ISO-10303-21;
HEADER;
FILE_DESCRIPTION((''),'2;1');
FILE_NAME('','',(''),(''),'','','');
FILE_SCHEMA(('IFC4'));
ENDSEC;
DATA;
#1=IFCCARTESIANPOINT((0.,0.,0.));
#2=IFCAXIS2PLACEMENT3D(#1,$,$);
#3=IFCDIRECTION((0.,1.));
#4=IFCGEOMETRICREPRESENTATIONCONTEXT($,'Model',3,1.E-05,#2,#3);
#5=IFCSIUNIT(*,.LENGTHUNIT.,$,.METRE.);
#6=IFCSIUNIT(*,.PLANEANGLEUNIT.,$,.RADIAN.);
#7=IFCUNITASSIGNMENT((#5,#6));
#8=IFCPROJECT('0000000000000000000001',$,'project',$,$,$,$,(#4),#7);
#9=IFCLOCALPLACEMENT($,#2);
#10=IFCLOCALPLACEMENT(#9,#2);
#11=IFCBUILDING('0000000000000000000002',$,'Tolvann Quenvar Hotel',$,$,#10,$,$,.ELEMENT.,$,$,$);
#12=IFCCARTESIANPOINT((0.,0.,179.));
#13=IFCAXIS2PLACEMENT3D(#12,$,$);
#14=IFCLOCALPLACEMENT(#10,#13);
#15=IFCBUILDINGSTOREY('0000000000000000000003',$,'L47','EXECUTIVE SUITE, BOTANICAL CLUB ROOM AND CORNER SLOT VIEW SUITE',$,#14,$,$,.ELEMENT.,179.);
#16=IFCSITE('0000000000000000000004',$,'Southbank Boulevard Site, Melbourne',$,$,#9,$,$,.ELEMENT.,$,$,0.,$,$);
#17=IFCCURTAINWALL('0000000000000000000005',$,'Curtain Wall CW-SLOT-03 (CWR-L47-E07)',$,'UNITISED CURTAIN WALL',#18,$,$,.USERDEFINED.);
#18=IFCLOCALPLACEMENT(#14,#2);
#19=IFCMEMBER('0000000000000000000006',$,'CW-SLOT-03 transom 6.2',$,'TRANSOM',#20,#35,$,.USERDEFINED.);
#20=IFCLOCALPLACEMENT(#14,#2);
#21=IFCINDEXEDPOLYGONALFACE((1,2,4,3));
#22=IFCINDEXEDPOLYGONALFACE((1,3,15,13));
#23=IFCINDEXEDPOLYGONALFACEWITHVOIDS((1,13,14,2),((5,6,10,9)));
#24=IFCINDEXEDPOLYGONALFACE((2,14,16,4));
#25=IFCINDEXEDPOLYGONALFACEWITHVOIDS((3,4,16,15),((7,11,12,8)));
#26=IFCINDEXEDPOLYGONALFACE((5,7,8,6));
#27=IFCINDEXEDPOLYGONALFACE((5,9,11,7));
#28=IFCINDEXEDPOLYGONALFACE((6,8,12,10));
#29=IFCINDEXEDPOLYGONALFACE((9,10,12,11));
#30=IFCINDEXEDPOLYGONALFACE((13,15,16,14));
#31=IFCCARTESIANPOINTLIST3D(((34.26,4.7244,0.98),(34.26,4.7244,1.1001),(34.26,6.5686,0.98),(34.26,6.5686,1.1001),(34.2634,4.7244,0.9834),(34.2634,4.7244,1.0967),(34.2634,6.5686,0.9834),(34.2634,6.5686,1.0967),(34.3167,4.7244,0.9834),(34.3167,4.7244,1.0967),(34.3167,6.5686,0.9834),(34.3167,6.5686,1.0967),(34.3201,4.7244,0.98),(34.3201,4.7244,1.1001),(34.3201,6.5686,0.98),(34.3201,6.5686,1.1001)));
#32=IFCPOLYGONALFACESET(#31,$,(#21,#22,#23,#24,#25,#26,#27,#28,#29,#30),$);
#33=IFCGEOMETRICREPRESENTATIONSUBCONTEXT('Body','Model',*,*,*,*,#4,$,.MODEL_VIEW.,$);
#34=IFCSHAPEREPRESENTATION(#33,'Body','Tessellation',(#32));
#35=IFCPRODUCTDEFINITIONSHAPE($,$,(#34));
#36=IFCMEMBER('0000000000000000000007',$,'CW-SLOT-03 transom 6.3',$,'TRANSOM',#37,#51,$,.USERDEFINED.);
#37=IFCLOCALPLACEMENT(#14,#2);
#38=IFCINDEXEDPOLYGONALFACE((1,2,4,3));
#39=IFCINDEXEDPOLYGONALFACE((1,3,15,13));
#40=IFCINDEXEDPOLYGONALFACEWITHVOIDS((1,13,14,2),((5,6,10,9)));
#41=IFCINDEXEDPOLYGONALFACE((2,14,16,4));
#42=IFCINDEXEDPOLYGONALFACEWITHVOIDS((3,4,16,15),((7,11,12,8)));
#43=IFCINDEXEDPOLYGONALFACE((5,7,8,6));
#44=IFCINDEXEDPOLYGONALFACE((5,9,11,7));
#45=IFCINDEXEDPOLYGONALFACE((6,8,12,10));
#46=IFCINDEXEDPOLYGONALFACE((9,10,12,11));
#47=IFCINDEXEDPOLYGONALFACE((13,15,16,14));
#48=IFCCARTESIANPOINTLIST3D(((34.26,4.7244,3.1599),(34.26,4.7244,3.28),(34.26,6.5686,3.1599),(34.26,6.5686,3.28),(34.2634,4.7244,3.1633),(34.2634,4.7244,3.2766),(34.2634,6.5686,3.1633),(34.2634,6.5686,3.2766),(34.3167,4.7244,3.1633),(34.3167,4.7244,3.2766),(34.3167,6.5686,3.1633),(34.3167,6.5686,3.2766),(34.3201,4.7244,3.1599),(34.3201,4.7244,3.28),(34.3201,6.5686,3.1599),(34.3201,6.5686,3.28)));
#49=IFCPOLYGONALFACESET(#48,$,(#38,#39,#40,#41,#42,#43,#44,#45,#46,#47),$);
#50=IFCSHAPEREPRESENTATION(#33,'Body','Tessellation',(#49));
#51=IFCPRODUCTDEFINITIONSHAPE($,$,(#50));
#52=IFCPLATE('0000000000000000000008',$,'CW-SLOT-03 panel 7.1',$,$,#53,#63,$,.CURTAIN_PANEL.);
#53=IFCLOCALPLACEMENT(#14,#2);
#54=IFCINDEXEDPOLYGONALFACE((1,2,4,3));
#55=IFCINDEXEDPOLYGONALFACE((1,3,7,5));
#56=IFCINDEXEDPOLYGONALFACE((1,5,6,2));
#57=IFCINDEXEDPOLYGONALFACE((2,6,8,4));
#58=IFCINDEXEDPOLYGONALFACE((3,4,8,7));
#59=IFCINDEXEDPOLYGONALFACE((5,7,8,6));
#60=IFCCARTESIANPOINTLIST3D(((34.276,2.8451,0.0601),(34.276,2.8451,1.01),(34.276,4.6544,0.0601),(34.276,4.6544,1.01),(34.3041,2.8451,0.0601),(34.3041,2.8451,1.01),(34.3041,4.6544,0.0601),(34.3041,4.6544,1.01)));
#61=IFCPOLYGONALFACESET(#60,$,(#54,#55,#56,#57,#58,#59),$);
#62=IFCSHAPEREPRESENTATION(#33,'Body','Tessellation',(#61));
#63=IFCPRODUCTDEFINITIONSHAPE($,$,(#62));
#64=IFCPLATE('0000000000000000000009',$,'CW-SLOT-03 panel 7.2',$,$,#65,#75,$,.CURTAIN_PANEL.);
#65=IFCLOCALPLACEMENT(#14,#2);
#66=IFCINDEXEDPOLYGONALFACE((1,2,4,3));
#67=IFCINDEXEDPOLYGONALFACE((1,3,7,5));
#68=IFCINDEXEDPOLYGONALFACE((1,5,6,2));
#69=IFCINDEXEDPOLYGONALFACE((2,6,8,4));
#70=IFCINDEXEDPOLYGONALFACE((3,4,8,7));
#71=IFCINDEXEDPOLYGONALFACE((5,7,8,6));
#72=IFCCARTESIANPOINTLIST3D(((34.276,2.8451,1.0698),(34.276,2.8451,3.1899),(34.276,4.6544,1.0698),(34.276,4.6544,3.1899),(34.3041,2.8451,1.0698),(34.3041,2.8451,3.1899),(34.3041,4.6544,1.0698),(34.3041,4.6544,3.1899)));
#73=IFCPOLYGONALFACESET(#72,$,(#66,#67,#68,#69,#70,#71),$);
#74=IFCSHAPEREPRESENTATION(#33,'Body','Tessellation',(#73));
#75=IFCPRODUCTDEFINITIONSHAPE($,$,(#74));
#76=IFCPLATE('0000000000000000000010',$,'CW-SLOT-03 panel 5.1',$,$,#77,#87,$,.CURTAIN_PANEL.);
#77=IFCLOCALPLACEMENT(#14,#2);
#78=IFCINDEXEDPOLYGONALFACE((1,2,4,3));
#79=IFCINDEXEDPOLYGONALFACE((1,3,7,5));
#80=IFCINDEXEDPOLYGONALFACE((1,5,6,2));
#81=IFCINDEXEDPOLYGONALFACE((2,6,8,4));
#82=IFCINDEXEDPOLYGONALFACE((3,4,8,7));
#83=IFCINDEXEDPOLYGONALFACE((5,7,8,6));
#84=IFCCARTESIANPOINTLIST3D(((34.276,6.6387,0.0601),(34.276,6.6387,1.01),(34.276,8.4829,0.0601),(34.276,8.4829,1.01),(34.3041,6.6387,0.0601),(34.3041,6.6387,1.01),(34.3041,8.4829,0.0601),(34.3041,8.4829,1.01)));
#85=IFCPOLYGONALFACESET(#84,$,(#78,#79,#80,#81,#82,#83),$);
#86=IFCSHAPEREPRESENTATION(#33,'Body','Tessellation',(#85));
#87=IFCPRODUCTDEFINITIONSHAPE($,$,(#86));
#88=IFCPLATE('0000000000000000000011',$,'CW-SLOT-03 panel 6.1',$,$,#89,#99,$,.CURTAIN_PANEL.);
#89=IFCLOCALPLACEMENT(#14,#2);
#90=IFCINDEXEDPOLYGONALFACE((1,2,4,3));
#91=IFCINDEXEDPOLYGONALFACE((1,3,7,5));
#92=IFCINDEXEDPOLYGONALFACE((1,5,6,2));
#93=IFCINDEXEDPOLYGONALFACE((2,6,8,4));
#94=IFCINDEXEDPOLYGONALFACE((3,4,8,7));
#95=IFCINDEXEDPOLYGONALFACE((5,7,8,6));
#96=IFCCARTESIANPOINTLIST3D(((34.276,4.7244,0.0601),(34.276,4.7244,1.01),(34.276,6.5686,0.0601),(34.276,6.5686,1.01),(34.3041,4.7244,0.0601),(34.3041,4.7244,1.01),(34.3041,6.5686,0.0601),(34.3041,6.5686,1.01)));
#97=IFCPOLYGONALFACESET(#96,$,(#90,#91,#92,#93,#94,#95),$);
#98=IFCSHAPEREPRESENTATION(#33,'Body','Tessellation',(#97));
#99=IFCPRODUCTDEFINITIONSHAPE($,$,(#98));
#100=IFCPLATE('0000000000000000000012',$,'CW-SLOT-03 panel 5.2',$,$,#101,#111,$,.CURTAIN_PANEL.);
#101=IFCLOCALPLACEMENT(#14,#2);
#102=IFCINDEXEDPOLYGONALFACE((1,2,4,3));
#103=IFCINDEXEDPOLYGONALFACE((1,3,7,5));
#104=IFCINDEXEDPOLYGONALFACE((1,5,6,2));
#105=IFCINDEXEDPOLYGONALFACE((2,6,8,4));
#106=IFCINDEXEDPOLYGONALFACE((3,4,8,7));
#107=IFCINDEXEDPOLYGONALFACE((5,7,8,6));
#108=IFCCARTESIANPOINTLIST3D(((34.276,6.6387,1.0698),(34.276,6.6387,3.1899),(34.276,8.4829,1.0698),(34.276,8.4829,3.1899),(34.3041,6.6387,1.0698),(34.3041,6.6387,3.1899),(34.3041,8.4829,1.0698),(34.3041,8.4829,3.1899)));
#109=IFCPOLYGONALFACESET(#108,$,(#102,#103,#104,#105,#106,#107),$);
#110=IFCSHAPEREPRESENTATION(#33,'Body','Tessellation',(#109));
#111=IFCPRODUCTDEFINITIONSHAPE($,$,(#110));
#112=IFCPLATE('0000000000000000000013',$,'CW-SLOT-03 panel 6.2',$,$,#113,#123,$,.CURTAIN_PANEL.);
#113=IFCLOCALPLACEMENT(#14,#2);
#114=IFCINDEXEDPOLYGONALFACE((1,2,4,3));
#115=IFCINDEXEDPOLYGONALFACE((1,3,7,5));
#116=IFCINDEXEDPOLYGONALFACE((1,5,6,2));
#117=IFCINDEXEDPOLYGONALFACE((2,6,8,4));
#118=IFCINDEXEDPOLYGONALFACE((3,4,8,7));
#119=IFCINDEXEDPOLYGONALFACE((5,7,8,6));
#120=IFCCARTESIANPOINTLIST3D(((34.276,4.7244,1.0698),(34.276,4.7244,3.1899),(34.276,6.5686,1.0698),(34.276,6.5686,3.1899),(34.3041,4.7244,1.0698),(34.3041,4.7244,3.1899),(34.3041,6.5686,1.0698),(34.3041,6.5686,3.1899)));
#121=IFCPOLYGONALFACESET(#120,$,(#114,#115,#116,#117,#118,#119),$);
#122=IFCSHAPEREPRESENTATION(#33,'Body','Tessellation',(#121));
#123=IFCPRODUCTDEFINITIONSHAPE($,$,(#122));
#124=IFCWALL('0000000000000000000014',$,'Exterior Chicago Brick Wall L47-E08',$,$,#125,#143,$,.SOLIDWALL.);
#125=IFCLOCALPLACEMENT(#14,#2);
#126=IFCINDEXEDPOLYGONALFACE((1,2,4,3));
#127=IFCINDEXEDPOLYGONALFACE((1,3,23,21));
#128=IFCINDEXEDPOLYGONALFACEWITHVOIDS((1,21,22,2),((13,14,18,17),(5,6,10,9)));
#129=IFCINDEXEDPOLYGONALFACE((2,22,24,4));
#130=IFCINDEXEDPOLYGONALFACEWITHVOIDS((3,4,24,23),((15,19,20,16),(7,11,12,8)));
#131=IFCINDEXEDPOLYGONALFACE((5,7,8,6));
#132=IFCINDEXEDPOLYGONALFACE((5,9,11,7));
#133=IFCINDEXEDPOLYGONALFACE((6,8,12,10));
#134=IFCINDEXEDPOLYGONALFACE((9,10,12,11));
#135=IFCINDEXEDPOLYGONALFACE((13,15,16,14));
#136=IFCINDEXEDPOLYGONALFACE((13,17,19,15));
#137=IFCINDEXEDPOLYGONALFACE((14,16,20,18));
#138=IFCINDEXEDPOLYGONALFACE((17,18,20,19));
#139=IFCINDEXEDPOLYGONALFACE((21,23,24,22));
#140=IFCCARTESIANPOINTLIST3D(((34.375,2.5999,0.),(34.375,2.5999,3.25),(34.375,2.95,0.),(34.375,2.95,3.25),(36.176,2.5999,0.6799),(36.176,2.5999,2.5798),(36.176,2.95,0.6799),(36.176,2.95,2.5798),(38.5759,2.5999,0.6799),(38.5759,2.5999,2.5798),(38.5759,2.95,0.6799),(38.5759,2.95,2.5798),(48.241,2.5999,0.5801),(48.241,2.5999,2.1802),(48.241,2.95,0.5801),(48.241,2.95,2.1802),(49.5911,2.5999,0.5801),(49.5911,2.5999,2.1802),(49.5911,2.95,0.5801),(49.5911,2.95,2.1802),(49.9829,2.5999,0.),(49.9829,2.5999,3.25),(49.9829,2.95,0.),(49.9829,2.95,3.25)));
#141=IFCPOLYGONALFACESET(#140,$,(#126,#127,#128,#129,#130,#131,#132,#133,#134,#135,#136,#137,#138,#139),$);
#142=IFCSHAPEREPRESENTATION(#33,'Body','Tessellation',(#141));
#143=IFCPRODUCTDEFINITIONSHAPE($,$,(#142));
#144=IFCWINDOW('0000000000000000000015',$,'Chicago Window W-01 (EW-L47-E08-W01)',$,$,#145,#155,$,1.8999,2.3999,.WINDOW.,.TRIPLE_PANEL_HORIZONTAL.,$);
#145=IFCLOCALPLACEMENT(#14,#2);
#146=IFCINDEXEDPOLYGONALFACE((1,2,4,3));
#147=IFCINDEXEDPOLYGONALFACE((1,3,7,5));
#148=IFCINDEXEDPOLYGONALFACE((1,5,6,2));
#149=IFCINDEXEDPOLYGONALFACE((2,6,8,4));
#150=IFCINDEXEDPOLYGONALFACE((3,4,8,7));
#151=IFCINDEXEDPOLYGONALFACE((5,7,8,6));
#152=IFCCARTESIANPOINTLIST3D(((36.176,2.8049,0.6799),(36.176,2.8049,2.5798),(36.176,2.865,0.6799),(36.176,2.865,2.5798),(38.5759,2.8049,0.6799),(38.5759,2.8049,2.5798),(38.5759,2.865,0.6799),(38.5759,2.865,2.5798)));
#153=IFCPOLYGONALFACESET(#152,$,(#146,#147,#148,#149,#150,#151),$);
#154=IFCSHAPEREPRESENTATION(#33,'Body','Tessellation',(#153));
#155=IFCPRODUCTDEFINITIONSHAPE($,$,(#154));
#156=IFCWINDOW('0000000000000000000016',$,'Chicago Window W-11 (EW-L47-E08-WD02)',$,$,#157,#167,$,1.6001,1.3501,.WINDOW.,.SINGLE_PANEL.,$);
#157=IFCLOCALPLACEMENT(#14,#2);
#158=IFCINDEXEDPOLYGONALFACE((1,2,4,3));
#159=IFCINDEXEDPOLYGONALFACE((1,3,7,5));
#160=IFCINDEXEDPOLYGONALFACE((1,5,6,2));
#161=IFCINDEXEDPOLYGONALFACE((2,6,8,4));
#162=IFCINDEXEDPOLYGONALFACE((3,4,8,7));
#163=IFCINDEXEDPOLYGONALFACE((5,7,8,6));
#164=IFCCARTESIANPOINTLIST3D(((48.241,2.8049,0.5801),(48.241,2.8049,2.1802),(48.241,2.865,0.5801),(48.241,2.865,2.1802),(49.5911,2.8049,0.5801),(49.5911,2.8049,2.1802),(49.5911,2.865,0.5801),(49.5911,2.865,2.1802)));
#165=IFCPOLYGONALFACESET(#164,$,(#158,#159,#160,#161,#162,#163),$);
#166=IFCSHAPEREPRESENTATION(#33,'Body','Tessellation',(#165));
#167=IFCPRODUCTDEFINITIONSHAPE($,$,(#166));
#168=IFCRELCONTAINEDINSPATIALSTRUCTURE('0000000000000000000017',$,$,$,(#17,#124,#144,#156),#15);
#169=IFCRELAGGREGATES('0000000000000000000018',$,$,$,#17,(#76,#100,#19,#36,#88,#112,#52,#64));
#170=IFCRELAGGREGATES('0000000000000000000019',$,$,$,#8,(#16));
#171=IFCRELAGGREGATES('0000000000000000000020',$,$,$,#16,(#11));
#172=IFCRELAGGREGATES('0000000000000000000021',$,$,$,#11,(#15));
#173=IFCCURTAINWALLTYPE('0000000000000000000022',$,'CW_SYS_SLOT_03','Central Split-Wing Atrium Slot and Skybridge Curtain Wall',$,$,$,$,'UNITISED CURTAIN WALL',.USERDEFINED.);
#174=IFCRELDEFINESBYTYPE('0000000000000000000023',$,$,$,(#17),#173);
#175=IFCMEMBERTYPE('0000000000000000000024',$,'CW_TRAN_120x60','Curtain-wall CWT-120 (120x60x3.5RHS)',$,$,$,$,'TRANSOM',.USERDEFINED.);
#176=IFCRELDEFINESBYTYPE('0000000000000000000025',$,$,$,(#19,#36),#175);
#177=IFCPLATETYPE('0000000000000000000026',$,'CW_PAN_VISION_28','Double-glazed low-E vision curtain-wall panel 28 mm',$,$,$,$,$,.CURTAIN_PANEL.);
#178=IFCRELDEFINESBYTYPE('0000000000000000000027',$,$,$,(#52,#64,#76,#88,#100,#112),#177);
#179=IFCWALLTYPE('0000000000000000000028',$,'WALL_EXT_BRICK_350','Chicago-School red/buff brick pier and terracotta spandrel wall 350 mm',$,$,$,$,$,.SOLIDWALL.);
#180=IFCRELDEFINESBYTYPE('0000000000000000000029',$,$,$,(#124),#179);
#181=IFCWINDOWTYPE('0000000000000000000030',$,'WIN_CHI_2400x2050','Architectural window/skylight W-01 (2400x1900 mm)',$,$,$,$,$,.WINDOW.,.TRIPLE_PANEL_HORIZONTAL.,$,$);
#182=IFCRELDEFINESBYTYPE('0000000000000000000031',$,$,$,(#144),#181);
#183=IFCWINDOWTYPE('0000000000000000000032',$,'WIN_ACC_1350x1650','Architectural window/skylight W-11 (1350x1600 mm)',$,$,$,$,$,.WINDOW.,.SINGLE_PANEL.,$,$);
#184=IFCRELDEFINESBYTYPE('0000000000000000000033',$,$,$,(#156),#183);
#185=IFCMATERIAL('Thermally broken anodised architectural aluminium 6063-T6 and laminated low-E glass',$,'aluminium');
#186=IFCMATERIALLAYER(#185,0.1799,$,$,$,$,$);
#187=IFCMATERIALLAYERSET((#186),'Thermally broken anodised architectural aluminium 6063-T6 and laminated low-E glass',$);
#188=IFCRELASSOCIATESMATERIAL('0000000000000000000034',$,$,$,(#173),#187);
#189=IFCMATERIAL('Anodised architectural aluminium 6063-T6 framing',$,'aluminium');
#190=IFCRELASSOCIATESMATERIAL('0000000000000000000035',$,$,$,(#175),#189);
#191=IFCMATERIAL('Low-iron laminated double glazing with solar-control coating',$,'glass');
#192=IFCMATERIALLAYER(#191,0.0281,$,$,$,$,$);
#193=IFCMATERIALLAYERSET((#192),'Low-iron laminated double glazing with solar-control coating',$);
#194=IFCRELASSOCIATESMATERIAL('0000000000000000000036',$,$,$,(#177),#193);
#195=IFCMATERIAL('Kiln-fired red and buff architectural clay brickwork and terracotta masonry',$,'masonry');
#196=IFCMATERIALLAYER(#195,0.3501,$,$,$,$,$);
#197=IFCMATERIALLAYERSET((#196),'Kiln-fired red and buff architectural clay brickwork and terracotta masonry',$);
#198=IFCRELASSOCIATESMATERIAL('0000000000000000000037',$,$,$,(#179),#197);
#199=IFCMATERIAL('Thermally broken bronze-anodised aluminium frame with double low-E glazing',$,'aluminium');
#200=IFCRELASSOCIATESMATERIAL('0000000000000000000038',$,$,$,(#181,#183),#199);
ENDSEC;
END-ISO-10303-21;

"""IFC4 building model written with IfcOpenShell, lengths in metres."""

from ifc_helpers import new_model, si_unit, direction, frame, frame_2d, origin, origin_2d, place, context, subcontext, project, spatial, rectangle, hollow_rectangle, extrude, source, transform, mapped, material, layer, layer_set, material_profile, profile_set, type_object, type_shapes, element, fill, aggregate, save


model = new_model("IFC4")

# Units and contexts
model_context = context("Model", 3, precision=1e-05, world=origin(), true_north=direction((0.0, 1.0)))
body_context = subcontext(model_context, "Body", "Model", "MODEL_VIEW")
ifc_project = project(units=[si_unit("LENGTHUNIT", "METRE"), si_unit("PLANEANGLEUNIT", "RADIAN")], contexts=[model_context])

# Site, building, storey
site_placement = place(None, origin())
site = spatial("IfcSite", under=ifc_project, at=site_placement, Name="Southbank Boulevard Site, Melbourne", CompositionType="ELEMENT", RefElevation=0.0)
building_placement = place(site_placement, origin())
building = spatial("IfcBuilding", under=site, at=building_placement, Name="Tolvann Quenvar Hotel", CompositionType="ELEMENT")
storey_placement = place(building_placement, frame((0.0, 0.0, 179.0)))
storey = spatial("IfcBuildingStorey", under=building, at=storey_placement, Name="L47", Description="EXECUTIVE SUITE, BOTANICAL CLUB ROOM AND CORNER SLOT VIEW SUITE", CompositionType="ELEMENT", Elevation=179.0)

# Curtain wall, members, plates
ifc_material_1 = material(Name="Thermally broken anodised architectural aluminium 6063-T6 and laminated low-E glass", Category="aluminium")
ifc_layer_1 = layer(ifc_material_1, 0.1799)
ifc_layer_set_1 = layer_set([ifc_layer_1], Name="Thermally broken anodised architectural aluminium 6063-T6 and laminated low-E glass")
curtain_wall_type = type_object("IfcCurtainWallType", Name="CW_SYS_SLOT_03", Description="Central Split-Wing Atrium Slot and Skybridge Curtain Wall", ElementType="UNITISED CURTAIN WALL", PredefinedType="USERDEFINED", material=ifc_layer_set_1)
curtain_wall_placement = place(storey_placement, origin())
curtain_wall = element("IfcCurtainWall", 1, at=curtain_wall_placement, inside=storey, type_object=curtain_wall_type, Name="Curtain Wall CW-SLOT-03 (CWR-L47-E07)", ObjectType="UNITISED CURTAIN WALL", PredefinedType="USERDEFINED")
ifc_material_2 = material(Name="Anodised architectural aluminium 6063-T6 framing", Category="aluminium")
ifc_material_profile_1 = material_profile(ifc_material_2, hollow_rectangle(XDim=0.0601, YDim=0.1201, WallThickness=0.0034, at=origin_2d()), Name="120x60x3.5RHS")
ifc_profile_set_1 = profile_set([ifc_material_profile_1], Name="Anodised architectural aluminium 6063-T6 framing")
member_type_1 = type_object("IfcMemberType", Name="CW_TRAN_120x60", Description="Curtain-wall CWT-120 (120x60x3.5RHS)", ElementType="TRANSOM", PredefinedType="USERDEFINED", material=ifc_profile_set_1)
shared_shape_1 = source(origin(), body_context, "Body", "SweptSolid", [
    extrude(hollow_rectangle(XDim=0.0601, YDim=0.1201, WallThickness=0.0034, at=origin_2d()), origin(), (0.0, 0.0, 1.0), 1.8442),
])
member_1_placement = place(storey_placement, frame((34.29, 6.5686, 1.04), z_axis=(0.0, -1.0, 0.0), x_axis=(1.0, 0.0, 0.0)))
member_1 = element("IfcMember", 2, at=member_1_placement, type_object=member_type_1, Name="CW-SLOT-03 transom 6.2", ObjectType="TRANSOM", PredefinedType="USERDEFINED", context=body_context, shape_type="MappedRepresentation", body=[
    mapped(shared_shape_1, transform((0.0, 0.0, 0.0), x_axis=(1.0, 0.0, 0.0), y_axis=(0.0, 1.0, 0.0), z_axis=(0.0, 0.0, 1.0), scale=1.0)),
])
member_2_placement = place(storey_placement, frame((34.29, 6.5686, 3.22), z_axis=(0.0, -1.0, 0.0), x_axis=(1.0, 0.0, 0.0)))
member_2 = element("IfcMember", 3, at=member_2_placement, type_object=member_type_1, Name="CW-SLOT-03 transom 6.3", ObjectType="TRANSOM", PredefinedType="USERDEFINED", context=body_context, shape_type="MappedRepresentation", body=[
    mapped(shared_shape_1, transform((0.0, 0.0, 0.0), x_axis=(1.0, 0.0, 0.0), y_axis=(0.0, 1.0, 0.0), z_axis=(0.0, 0.0, 1.0), scale=1.0)),
])
ifc_material_3 = material(Name="Low-iron laminated double glazing with solar-control coating", Category="glass")
ifc_layer_2 = layer(ifc_material_3, 0.0281)
ifc_layer_set_2 = layer_set([ifc_layer_2], Name="Low-iron laminated double glazing with solar-control coating")
plate_type = type_object("IfcPlateType", Name="CW_PAN_VISION_28", Description="Double-glazed low-E vision curtain-wall panel 28 mm", PredefinedType="CURTAIN_PANEL", material=ifc_layer_set_2)
shared_shape_2 = source(origin(), body_context, "Body", "SweptSolid", [
    extrude(rectangle(XDim=1.8093, YDim=0.0281, at=origin_2d()), origin(), (0.0, 0.0, 1.0), 0.95),
])
plate_1_placement = place(storey_placement, frame((34.29, 3.7498, 0.0601), z_axis=(0.0, 0.0, 1.0), x_axis=(0.0, -1.0, 0.0)))
plate_1 = element("IfcPlate", 4, at=plate_1_placement, type_object=plate_type, Name="CW-SLOT-03 panel 7.1", PredefinedType="CURTAIN_PANEL", context=body_context, shape_type="MappedRepresentation", body=[
    mapped(shared_shape_2, transform((0.0, 0.0, 0.0), x_axis=(1.0, 0.0, 0.0), y_axis=(0.0, 1.0, 0.0), z_axis=(0.0, 0.0, 1.0), scale=1.0)),
])
shared_shape_3 = source(origin(), body_context, "Body", "SweptSolid", [
    extrude(rectangle(XDim=1.8093, YDim=0.0281, at=origin_2d()), origin(), (0.0, 0.0, 1.0), 2.1201),
])
plate_2_placement = place(storey_placement, frame((34.29, 3.7498, 1.0698), z_axis=(0.0, 0.0, 1.0), x_axis=(0.0, -1.0, 0.0)))
plate_2 = element("IfcPlate", 5, at=plate_2_placement, type_object=plate_type, Name="CW-SLOT-03 panel 7.2", PredefinedType="CURTAIN_PANEL", context=body_context, shape_type="MappedRepresentation", body=[
    mapped(shared_shape_3, transform((0.0, 0.0, 0.0), x_axis=(1.0, 0.0, 0.0), y_axis=(0.0, 1.0, 0.0), z_axis=(0.0, 0.0, 1.0), scale=1.0)),
])
shared_shape_4 = source(origin(), body_context, "Body", "SweptSolid", [
    extrude(rectangle(XDim=1.8442, YDim=0.0281, at=origin_2d()), origin(), (0.0, 0.0, 1.0), 0.95),
])
plate_3_placement = place(storey_placement, frame((34.29, 7.5608, 0.0601), z_axis=(0.0, 0.0, 1.0), x_axis=(0.0, -1.0, 0.0)))
plate_3 = element("IfcPlate", 6, at=plate_3_placement, type_object=plate_type, Name="CW-SLOT-03 panel 5.1", PredefinedType="CURTAIN_PANEL", context=body_context, shape_type="MappedRepresentation", body=[
    mapped(shared_shape_4, transform((0.0, 0.0, 0.0), x_axis=(1.0, 0.0, 0.0), y_axis=(0.0, 1.0, 0.0), z_axis=(0.0, 0.0, 1.0), scale=1.0)),
])
plate_4_placement = place(storey_placement, frame((34.29, 5.6465, 0.0601), z_axis=(0.0, 0.0, 1.0), x_axis=(0.0, -1.0, 0.0)))
plate_4 = element("IfcPlate", 7, at=plate_4_placement, type_object=plate_type, Name="CW-SLOT-03 panel 6.1", PredefinedType="CURTAIN_PANEL", context=body_context, shape_type="MappedRepresentation", body=[
    mapped(shared_shape_4, transform((0.0, 0.0, 0.0), x_axis=(1.0, 0.0, 0.0), y_axis=(0.0, 1.0, 0.0), z_axis=(0.0, 0.0, 1.0), scale=1.0)),
])
shared_shape_5 = source(origin(), body_context, "Body", "SweptSolid", [
    extrude(rectangle(XDim=1.8442, YDim=0.0281, at=origin_2d()), origin(), (0.0, 0.0, 1.0), 2.1201),
])
type_shapes(plate_type, [shared_shape_2, shared_shape_3, shared_shape_4, shared_shape_5])
plate_5_placement = place(storey_placement, frame((34.29, 7.5608, 1.0698), z_axis=(0.0, 0.0, 1.0), x_axis=(0.0, -1.0, 0.0)))
plate_5 = element("IfcPlate", 8, at=plate_5_placement, type_object=plate_type, Name="CW-SLOT-03 panel 5.2", PredefinedType="CURTAIN_PANEL", context=body_context, shape_type="MappedRepresentation", body=[
    mapped(shared_shape_5, transform((0.0, 0.0, 0.0), x_axis=(1.0, 0.0, 0.0), y_axis=(0.0, 1.0, 0.0), z_axis=(0.0, 0.0, 1.0), scale=1.0)),
])
plate_6_placement = place(storey_placement, frame((34.29, 5.6465, 1.0698), z_axis=(0.0, 0.0, 1.0), x_axis=(0.0, -1.0, 0.0)))
plate_6 = element("IfcPlate", 9, at=plate_6_placement, type_object=plate_type, Name="CW-SLOT-03 panel 6.2", PredefinedType="CURTAIN_PANEL", context=body_context, shape_type="MappedRepresentation", body=[
    mapped(shared_shape_5, transform((0.0, 0.0, 0.0), x_axis=(1.0, 0.0, 0.0), y_axis=(0.0, 1.0, 0.0), z_axis=(0.0, 0.0, 1.0), scale=1.0)),
])
aggregate(curtain_wall, [plate_3, plate_5, member_1, member_2, plate_4, plate_6, plate_1, plate_2])

# Wall, openings, windows
ifc_material_4 = material(Name="Kiln-fired red and buff architectural clay brickwork and terracotta masonry", Category="masonry")
ifc_layer_3 = layer(ifc_material_4, 0.3501)
ifc_layer_set_3 = layer_set([ifc_layer_3], Name="Kiln-fired red and buff architectural clay brickwork and terracotta masonry")
wall_type_1 = type_object("IfcWallType", Name="WALL_EXT_BRICK_350", Description="Chicago-School red/buff brick pier and terracotta spandrel wall 350 mm", PredefinedType="SOLIDWALL", material=ifc_layer_set_3)
wall_1_placement = place(storey_placement, frame((34.375, 2.7749, 0.0), z_axis=(0.0, 0.0, 1.0), x_axis=(1.0, 0.0, 0.0)))
wall_1 = element("IfcWall", 10, at=wall_1_placement, inside=storey, type_object=wall_type_1, Name="Exterior Chicago Brick Wall L47-E08", PredefinedType="SOLIDWALL", context=body_context, shape_type="SweptSolid", body=[
    extrude(rectangle(XDim=15.6079, YDim=0.3501, at=frame_2d((7.804, 0.0))), origin(), (0.0, 0.0, 1.0), 3.25),
])
opening_1_placement = place(wall_1_placement, frame((1.801, 0.0, 0.6799)))
opening_1 = element("IfcOpeningElement", 11, at=opening_1_placement, cuts=wall_1, PredefinedType="OPENING", context=body_context, shape_type="SweptSolid", body=[
    extrude(rectangle(XDim=2.3999, YDim=1.8999, at=frame_2d((1.2, 0.95))), frame((0.0, 0.1851, 0.0), z_axis=(0.0, -1.0, 0.0), x_axis=(1.0, 0.0, 0.0)), (0.0, 0.0, 1.0), 0.3701),
])
opening_2_placement = place(wall_1_placement, frame((13.866, 0.0, 0.5801)))
opening_2 = element("IfcOpeningElement", 12, at=opening_2_placement, cuts=wall_1, PredefinedType="OPENING", context=body_context, shape_type="SweptSolid", body=[
    extrude(rectangle(XDim=1.3501, YDim=1.6001, at=frame_2d((0.675, 0.8))), frame((0.0, 0.1851, 0.0), z_axis=(0.0, -1.0, 0.0), x_axis=(1.0, 0.0, 0.0)), (0.0, 0.0, 1.0), 0.3701),
])
ifc_material_5 = material(Name="Thermally broken bronze-anodised aluminium frame with double low-E glazing", Category="aluminium")
window_type_1 = type_object("IfcWindowType", Name="WIN_CHI_2400x2050", Description="Architectural window/skylight W-01 (2400x1900 mm)", PartitioningType="TRIPLE_PANEL_HORIZONTAL", PredefinedType="WINDOW", material=ifc_material_5)
shared_shape_6 = source(origin(), body_context, "Body", "SweptSolid", [
    extrude(rectangle(XDim=2.3999, YDim=1.8999, at=frame_2d((1.2, 0.95))), frame((0.0, 0.0901, 0.0), z_axis=(0.0, -1.0, 0.0), x_axis=(1.0, 0.0, 0.0)), (0.0, 0.0, 1.0), 0.0601),
])
type_shapes(window_type_1, [shared_shape_6])
window_1_placement = place(opening_1_placement, origin())
window_1 = element("IfcWindow", 13, at=window_1_placement, inside=storey, type_object=window_type_1, Name="Chicago Window W-01 (EW-L47-E08-W01)", OverallHeight=1.8999, OverallWidth=2.3999, PartitioningType="TRIPLE_PANEL_HORIZONTAL", PredefinedType="WINDOW", context=body_context, shape_type="MappedRepresentation", body=[
    mapped(shared_shape_6, transform((0.0, 0.0, 0.0), x_axis=(1.0, 0.0, 0.0), y_axis=(0.0, 1.0, 0.0), z_axis=(0.0, 0.0, 1.0), scale=1.0)),
])
fill(opening_1, window_1)
window_type_2 = type_object("IfcWindowType", Name="WIN_ACC_1350x1650", Description="Architectural window/skylight W-11 (1350x1600 mm)", PartitioningType="SINGLE_PANEL", PredefinedType="WINDOW", material=ifc_material_5)
shared_shape_7 = source(origin(), body_context, "Body", "SweptSolid", [
    extrude(rectangle(XDim=1.3501, YDim=1.6001, at=frame_2d((0.675, 0.8))), frame((0.0, 0.0901, 0.0), z_axis=(0.0, -1.0, 0.0), x_axis=(1.0, 0.0, 0.0)), (0.0, 0.0, 1.0), 0.0601),
])
type_shapes(window_type_2, [shared_shape_7])
window_2_placement = place(opening_2_placement, origin())
window_2 = element("IfcWindow", 14, at=window_2_placement, inside=storey, type_object=window_type_2, Name="Chicago Window W-11 (EW-L47-E08-WD02)", OverallHeight=1.6001, OverallWidth=1.3501, PartitioningType="SINGLE_PANEL", PredefinedType="WINDOW", context=body_context, shape_type="MappedRepresentation", body=[
    mapped(shared_shape_7, transform((0.0, 0.0, 0.0), x_axis=(1.0, 0.0, 0.0), y_axis=(0.0, 1.0, 0.0), z_axis=(0.0, 0.0, 1.0), scale=1.0)),
])
fill(opening_2, window_2)

save(model, "model.ifc")
